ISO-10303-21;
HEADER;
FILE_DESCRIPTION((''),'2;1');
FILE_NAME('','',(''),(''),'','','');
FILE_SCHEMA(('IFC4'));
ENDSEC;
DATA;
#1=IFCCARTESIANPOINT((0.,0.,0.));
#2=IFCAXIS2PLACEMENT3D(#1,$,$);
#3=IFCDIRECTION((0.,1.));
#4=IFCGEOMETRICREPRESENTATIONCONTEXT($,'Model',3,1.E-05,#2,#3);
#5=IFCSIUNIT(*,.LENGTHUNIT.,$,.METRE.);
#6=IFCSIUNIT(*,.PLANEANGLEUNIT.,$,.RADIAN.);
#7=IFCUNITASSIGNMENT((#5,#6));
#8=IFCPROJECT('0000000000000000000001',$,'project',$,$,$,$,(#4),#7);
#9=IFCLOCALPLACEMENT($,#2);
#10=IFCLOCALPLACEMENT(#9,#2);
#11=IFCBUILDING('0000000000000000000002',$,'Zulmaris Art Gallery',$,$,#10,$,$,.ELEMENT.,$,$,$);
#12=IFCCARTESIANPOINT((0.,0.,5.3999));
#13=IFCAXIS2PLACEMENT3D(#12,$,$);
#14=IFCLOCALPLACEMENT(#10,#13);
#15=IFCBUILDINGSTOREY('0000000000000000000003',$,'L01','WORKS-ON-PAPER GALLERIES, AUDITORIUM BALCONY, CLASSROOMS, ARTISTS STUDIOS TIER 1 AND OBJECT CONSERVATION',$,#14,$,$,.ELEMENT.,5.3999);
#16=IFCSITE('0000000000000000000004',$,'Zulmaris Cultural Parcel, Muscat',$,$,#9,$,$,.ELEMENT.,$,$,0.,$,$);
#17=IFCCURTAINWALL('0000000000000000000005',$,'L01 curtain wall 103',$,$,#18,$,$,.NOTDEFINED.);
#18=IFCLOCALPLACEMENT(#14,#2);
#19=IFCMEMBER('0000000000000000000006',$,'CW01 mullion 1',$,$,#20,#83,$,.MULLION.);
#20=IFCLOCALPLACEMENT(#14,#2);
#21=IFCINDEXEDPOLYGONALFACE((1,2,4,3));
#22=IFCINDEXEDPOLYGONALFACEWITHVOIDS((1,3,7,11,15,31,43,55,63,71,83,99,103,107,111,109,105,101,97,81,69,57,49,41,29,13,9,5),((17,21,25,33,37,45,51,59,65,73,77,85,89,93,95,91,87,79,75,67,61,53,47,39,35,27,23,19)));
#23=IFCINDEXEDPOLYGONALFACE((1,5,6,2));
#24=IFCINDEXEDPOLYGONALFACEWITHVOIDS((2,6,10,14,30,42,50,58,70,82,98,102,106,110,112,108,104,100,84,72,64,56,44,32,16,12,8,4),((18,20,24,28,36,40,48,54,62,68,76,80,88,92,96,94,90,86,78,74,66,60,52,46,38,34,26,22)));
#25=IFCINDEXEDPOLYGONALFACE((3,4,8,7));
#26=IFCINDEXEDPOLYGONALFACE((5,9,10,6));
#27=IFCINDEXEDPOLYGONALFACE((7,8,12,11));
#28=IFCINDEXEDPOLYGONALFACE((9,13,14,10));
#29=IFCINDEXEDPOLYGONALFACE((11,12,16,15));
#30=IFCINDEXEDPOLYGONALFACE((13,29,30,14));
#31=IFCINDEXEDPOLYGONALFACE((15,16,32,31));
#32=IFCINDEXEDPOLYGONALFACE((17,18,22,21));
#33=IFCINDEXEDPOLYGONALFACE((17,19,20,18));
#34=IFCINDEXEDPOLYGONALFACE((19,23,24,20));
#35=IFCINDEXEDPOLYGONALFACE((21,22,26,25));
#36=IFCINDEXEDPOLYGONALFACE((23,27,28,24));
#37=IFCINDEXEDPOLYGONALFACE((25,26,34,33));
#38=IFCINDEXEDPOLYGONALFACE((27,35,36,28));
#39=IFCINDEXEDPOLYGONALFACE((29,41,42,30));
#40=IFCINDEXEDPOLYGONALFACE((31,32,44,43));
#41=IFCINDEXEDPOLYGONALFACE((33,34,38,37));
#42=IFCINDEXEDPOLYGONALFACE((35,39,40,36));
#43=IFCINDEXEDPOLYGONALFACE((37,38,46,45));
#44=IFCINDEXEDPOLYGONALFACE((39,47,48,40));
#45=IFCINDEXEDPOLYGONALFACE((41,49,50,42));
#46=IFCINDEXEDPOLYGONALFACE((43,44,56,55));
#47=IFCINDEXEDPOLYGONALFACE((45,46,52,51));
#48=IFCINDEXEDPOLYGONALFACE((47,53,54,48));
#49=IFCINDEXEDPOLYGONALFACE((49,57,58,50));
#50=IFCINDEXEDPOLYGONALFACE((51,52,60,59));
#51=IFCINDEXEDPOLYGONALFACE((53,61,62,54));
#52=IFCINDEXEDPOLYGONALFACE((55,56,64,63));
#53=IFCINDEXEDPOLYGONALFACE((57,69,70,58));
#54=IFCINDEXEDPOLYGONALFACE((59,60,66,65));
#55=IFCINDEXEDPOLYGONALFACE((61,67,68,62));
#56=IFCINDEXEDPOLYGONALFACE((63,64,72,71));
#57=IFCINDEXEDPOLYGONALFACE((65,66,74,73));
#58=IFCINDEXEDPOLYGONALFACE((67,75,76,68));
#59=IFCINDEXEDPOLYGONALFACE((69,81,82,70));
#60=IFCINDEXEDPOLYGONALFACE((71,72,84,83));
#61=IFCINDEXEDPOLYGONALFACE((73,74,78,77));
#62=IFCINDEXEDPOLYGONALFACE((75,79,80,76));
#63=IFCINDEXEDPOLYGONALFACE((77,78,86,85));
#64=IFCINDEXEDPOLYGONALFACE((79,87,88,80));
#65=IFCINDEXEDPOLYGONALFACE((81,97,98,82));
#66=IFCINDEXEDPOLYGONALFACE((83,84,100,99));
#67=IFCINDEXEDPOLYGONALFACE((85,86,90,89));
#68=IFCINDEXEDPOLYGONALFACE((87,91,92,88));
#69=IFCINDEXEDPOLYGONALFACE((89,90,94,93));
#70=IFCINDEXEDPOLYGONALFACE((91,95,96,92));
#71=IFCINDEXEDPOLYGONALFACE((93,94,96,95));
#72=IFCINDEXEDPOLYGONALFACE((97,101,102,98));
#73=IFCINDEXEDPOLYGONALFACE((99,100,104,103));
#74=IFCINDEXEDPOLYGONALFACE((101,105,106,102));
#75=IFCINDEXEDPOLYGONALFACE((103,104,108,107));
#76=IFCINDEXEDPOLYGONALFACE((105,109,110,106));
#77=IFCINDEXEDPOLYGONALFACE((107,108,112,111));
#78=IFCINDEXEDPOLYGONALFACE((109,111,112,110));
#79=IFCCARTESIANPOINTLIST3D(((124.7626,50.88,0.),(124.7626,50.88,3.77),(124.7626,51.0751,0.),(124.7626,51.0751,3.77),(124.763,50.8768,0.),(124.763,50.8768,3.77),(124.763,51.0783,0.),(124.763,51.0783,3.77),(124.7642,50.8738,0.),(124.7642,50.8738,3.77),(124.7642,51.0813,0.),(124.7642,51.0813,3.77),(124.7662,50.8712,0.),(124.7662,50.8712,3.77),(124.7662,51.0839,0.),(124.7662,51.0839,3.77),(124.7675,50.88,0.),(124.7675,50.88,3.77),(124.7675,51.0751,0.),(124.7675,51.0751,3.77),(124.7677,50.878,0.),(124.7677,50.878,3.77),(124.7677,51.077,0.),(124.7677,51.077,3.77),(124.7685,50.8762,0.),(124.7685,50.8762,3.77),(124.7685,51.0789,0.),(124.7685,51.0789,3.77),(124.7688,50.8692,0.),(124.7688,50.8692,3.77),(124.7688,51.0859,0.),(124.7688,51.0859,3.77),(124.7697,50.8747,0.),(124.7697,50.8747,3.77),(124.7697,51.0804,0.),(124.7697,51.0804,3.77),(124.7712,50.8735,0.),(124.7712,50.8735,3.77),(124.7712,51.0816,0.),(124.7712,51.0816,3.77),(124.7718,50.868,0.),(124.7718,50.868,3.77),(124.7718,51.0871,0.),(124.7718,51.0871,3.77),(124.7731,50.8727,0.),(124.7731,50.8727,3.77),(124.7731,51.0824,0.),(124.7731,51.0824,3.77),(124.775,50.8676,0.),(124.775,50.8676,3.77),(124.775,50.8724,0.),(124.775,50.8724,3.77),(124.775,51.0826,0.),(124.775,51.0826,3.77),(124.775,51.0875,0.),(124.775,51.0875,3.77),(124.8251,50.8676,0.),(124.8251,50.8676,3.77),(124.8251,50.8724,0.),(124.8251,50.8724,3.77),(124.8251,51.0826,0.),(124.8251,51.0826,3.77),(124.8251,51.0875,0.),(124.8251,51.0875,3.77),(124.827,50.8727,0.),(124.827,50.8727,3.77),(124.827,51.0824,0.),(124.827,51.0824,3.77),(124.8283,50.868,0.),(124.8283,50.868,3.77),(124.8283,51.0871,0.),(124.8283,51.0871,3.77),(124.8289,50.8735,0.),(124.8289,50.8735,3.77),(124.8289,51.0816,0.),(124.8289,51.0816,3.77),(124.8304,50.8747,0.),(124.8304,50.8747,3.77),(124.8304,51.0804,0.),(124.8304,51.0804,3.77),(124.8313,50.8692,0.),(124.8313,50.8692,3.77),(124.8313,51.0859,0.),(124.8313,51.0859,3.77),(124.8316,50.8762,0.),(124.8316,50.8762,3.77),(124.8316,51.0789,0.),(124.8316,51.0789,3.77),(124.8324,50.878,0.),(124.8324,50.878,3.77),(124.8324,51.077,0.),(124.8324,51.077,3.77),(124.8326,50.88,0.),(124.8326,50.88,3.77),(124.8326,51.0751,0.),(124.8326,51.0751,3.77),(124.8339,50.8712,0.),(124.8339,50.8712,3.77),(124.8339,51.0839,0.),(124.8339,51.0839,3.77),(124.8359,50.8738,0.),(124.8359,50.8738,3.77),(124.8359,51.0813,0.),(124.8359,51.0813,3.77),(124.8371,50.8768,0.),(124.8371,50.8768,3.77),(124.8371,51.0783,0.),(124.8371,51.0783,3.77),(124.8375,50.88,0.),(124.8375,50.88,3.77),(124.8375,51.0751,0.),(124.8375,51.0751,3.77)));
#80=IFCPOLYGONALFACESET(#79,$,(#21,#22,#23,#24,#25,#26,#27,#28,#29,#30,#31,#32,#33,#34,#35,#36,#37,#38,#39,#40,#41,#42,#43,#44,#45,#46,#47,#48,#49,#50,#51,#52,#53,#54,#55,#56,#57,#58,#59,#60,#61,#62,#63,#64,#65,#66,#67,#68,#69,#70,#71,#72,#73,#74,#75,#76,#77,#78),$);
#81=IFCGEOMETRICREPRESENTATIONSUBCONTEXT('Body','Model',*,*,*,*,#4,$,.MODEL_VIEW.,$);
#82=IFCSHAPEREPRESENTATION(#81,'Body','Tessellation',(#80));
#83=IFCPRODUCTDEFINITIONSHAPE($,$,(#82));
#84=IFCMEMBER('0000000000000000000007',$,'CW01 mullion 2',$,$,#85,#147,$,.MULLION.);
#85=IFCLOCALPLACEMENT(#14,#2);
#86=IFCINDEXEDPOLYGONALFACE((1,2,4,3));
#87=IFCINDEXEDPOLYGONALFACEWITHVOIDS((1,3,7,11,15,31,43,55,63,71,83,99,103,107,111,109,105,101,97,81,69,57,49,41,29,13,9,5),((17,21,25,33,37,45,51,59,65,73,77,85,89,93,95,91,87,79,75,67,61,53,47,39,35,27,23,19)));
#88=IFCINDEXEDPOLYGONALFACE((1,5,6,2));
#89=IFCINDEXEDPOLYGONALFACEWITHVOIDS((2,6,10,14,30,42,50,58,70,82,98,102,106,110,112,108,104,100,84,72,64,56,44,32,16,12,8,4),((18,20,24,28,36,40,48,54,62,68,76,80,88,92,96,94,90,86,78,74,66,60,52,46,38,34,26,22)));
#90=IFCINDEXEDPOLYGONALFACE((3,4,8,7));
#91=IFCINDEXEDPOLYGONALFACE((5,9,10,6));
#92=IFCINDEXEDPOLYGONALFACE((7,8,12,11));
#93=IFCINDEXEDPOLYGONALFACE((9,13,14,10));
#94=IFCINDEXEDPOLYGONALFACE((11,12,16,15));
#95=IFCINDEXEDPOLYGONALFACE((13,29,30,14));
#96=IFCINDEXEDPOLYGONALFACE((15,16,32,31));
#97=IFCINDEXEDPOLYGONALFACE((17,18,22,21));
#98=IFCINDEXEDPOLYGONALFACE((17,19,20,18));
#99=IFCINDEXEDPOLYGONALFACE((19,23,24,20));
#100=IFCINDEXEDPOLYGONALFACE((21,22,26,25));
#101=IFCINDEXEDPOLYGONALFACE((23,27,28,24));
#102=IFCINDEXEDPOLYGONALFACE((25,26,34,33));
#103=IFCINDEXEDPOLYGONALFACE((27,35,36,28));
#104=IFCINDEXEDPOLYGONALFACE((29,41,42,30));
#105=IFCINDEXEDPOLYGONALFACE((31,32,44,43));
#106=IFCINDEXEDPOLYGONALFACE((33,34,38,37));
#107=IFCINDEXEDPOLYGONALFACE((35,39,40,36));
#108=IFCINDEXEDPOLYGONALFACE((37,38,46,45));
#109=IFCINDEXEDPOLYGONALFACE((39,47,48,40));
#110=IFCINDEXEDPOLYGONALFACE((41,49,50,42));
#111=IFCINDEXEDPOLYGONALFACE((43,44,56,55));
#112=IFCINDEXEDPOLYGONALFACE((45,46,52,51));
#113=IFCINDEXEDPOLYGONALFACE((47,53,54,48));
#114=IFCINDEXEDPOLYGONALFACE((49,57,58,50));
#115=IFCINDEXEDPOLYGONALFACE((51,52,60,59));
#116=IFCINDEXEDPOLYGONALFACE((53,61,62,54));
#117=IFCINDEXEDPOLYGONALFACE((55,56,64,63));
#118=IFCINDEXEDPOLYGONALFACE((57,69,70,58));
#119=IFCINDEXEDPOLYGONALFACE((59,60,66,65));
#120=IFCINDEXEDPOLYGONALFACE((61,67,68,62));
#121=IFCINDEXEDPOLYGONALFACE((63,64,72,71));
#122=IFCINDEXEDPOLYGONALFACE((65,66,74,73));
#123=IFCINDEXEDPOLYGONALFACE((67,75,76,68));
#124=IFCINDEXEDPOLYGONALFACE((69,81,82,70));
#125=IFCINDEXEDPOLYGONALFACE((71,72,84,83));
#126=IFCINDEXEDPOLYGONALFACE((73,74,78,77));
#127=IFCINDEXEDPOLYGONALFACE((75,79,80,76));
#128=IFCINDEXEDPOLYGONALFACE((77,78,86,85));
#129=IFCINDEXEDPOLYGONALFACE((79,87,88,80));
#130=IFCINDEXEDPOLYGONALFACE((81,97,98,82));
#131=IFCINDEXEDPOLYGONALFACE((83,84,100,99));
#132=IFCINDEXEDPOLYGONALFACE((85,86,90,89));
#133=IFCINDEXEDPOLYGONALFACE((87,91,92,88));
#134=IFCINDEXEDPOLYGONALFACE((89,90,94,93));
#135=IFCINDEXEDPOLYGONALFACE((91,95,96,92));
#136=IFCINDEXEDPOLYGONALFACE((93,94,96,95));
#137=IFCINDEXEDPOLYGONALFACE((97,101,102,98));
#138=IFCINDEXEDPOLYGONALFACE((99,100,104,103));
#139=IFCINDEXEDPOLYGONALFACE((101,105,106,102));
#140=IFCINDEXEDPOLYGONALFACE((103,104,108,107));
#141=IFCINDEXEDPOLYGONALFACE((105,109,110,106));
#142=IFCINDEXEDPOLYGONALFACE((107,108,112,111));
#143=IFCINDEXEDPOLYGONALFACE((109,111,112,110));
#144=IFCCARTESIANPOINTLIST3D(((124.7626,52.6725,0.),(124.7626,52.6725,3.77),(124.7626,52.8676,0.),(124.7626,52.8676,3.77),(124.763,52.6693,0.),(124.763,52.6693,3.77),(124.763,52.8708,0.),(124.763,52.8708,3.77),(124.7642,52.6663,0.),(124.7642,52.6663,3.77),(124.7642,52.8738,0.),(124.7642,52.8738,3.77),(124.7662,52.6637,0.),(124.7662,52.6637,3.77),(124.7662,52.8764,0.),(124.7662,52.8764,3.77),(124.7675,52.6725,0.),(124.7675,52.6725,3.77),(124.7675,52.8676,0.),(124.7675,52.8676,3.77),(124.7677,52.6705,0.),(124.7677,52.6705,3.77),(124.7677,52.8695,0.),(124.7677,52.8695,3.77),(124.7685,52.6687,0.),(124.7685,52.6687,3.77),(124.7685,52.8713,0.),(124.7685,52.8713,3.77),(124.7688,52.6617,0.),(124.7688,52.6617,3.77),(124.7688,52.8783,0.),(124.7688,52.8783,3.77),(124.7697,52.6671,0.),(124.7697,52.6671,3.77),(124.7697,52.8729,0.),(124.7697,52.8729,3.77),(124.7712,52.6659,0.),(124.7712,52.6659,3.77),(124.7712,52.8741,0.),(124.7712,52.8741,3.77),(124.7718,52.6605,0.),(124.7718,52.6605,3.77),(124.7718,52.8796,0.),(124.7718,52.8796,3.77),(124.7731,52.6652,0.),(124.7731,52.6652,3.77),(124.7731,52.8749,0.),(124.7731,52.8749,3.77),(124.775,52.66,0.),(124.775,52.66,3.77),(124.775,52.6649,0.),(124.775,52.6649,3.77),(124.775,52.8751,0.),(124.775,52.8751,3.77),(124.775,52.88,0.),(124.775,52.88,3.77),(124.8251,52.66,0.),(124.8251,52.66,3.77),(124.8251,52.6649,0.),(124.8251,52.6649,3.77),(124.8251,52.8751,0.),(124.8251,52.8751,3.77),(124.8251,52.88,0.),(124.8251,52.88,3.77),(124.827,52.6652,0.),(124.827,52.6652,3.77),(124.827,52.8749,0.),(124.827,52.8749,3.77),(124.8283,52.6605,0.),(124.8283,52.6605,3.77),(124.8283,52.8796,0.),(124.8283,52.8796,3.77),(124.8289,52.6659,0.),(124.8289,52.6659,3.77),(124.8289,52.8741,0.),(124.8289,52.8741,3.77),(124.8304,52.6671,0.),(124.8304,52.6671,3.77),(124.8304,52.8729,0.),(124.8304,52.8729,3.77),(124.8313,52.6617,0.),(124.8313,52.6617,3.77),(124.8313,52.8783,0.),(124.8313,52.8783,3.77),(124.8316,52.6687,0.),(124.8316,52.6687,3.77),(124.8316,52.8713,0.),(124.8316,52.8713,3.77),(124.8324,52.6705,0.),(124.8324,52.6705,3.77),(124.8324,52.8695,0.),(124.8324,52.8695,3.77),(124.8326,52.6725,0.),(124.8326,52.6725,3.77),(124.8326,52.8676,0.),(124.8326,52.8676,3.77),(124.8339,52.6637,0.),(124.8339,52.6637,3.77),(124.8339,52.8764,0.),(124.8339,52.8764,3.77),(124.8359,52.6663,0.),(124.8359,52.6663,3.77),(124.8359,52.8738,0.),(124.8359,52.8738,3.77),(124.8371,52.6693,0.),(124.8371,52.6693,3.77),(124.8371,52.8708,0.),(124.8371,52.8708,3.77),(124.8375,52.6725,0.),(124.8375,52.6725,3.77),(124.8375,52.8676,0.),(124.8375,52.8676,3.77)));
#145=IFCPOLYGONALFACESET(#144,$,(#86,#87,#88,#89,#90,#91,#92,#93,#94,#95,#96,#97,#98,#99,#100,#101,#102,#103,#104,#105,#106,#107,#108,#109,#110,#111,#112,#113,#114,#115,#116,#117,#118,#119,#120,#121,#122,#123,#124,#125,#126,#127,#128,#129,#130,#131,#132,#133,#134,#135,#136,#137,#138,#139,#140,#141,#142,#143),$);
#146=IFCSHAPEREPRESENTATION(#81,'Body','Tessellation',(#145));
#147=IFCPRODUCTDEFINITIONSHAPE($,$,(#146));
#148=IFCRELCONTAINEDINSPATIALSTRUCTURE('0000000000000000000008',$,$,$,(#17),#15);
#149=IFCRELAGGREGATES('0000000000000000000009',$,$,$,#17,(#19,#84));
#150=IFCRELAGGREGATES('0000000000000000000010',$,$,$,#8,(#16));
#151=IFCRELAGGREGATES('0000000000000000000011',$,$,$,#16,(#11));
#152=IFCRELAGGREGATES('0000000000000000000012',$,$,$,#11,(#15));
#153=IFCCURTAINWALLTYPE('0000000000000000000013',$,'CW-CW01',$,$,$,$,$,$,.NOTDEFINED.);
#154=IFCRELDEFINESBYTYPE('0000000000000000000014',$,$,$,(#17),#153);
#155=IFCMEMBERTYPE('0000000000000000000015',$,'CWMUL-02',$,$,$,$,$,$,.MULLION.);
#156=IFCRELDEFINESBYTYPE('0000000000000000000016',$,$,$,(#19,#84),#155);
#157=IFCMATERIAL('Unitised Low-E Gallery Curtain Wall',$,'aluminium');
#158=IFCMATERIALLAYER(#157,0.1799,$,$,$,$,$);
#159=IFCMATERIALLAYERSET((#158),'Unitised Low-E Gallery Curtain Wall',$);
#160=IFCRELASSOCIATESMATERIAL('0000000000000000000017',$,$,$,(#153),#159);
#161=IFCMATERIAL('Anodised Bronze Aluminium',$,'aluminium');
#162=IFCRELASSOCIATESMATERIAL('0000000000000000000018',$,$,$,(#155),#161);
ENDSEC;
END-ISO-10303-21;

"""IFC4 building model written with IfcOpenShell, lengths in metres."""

from ifc_helpers import new_model, si_unit, direction, frame, origin, origin_2d, place, context, subcontext, project, spatial, hollow_rectangle, extrude, material, layer, layer_set, material_profile, profile_set, type_object, element, aggregate, save


model = new_model("IFC4")

# Units and contexts
model_context = context("Model", 3, precision=1e-05, world=origin(), true_north=direction((0.0, 1.0)))
body_context = subcontext(model_context, "Body", "Model", "MODEL_VIEW")
ifc_project = project(units=[si_unit("LENGTHUNIT", "METRE"), si_unit("PLANEANGLEUNIT", "RADIAN")], contexts=[model_context])

# Site, building, storey
site_placement = place(None, origin())
site = spatial("IfcSite", under=ifc_project, at=site_placement, Name="Zulmaris Cultural Parcel, Muscat", CompositionType="ELEMENT", RefElevation=0.0)
building_placement = place(site_placement, origin())
building = spatial("IfcBuilding", under=site, at=building_placement, Name="Zulmaris Art Gallery", CompositionType="ELEMENT")
storey_placement = place(building_placement, frame((0.0, 0.0, 5.3999)))
storey = spatial("IfcBuildingStorey", under=building, at=storey_placement, Name="L01", Description="WORKS-ON-PAPER GALLERIES, AUDITORIUM BALCONY, CLASSROOMS, ARTISTS STUDIOS TIER 1 AND OBJECT CONSERVATION", CompositionType="ELEMENT", Elevation=5.3999)

# Curtain wall, members
ifc_material_1 = material(Name="Unitised Low-E Gallery Curtain Wall", Category="aluminium")
ifc_layer_1 = layer(ifc_material_1, 0.1799)
ifc_layer_set_1 = layer_set([ifc_layer_1], Name="Unitised Low-E Gallery Curtain Wall")
curtain_wall_type = type_object("IfcCurtainWallType", Name="CW-CW01", PredefinedType="NOTDEFINED", material=ifc_layer_set_1)
ifc_material_2 = material(Name="Anodised Bronze Aluminium", Category="aluminium")
ifc_material_profile_1 = material_profile(ifc_material_2, hollow_rectangle(XDim=0.075, YDim=0.22, WallThickness=0.0049, InnerFilletRadius=0.0076, OuterFilletRadius=0.0125, at=origin_2d()), Name="ALU 75x220x5")
ifc_profile_set_1 = profile_set([ifc_material_profile_1], Name="Anodised Bronze Aluminium")
member_type_1 = type_object("IfcMemberType", Name="CWMUL-02", PredefinedType="MULLION", material=ifc_profile_set_1)
curtain_wall_1_placement = place(storey_placement, origin())
curtain_wall_1 = element("IfcCurtainWall", 1, at=curtain_wall_1_placement, inside=storey, type_object=curtain_wall_type, Name="L01 curtain wall 103", PredefinedType="NOTDEFINED")
member_1_placement = place(storey_placement, frame((124.8, 50.9775, 0.0), z_axis=(0.0, 0.0, 1.0), x_axis=(-1.0, 0.0, 0.0)))
member_1 = element("IfcMember", 2, at=member_1_placement, type_object=member_type_1, Name="CW01 mullion 1", PredefinedType="MULLION", context=body_context, shape_type="SweptSolid", body=[
    extrude(hollow_rectangle(XDim=0.075, YDim=0.22, WallThickness=0.0049, InnerFilletRadius=0.0076, OuterFilletRadius=0.0125, at=origin_2d()), origin(), (0.0, 0.0, 1.0), 3.77),
])
member_2_placement = place(storey_placement, frame((124.8, 52.77, 0.0), z_axis=(0.0, 0.0, 1.0), x_axis=(-1.0, 0.0, 0.0)))
member_2 = element("IfcMember", 3, at=member_2_placement, type_object=member_type_1, Name="CW01 mullion 2", PredefinedType="MULLION", context=body_context, shape_type="SweptSolid", body=[
    extrude(hollow_rectangle(XDim=0.075, YDim=0.22, WallThickness=0.0049, InnerFilletRadius=0.0076, OuterFilletRadius=0.0125, at=origin_2d()), origin(), (0.0, 0.0, 1.0), 3.77),
])

aggregate(curtain_wall_1, [member_1, member_2])

save(model, "model.ifc")
